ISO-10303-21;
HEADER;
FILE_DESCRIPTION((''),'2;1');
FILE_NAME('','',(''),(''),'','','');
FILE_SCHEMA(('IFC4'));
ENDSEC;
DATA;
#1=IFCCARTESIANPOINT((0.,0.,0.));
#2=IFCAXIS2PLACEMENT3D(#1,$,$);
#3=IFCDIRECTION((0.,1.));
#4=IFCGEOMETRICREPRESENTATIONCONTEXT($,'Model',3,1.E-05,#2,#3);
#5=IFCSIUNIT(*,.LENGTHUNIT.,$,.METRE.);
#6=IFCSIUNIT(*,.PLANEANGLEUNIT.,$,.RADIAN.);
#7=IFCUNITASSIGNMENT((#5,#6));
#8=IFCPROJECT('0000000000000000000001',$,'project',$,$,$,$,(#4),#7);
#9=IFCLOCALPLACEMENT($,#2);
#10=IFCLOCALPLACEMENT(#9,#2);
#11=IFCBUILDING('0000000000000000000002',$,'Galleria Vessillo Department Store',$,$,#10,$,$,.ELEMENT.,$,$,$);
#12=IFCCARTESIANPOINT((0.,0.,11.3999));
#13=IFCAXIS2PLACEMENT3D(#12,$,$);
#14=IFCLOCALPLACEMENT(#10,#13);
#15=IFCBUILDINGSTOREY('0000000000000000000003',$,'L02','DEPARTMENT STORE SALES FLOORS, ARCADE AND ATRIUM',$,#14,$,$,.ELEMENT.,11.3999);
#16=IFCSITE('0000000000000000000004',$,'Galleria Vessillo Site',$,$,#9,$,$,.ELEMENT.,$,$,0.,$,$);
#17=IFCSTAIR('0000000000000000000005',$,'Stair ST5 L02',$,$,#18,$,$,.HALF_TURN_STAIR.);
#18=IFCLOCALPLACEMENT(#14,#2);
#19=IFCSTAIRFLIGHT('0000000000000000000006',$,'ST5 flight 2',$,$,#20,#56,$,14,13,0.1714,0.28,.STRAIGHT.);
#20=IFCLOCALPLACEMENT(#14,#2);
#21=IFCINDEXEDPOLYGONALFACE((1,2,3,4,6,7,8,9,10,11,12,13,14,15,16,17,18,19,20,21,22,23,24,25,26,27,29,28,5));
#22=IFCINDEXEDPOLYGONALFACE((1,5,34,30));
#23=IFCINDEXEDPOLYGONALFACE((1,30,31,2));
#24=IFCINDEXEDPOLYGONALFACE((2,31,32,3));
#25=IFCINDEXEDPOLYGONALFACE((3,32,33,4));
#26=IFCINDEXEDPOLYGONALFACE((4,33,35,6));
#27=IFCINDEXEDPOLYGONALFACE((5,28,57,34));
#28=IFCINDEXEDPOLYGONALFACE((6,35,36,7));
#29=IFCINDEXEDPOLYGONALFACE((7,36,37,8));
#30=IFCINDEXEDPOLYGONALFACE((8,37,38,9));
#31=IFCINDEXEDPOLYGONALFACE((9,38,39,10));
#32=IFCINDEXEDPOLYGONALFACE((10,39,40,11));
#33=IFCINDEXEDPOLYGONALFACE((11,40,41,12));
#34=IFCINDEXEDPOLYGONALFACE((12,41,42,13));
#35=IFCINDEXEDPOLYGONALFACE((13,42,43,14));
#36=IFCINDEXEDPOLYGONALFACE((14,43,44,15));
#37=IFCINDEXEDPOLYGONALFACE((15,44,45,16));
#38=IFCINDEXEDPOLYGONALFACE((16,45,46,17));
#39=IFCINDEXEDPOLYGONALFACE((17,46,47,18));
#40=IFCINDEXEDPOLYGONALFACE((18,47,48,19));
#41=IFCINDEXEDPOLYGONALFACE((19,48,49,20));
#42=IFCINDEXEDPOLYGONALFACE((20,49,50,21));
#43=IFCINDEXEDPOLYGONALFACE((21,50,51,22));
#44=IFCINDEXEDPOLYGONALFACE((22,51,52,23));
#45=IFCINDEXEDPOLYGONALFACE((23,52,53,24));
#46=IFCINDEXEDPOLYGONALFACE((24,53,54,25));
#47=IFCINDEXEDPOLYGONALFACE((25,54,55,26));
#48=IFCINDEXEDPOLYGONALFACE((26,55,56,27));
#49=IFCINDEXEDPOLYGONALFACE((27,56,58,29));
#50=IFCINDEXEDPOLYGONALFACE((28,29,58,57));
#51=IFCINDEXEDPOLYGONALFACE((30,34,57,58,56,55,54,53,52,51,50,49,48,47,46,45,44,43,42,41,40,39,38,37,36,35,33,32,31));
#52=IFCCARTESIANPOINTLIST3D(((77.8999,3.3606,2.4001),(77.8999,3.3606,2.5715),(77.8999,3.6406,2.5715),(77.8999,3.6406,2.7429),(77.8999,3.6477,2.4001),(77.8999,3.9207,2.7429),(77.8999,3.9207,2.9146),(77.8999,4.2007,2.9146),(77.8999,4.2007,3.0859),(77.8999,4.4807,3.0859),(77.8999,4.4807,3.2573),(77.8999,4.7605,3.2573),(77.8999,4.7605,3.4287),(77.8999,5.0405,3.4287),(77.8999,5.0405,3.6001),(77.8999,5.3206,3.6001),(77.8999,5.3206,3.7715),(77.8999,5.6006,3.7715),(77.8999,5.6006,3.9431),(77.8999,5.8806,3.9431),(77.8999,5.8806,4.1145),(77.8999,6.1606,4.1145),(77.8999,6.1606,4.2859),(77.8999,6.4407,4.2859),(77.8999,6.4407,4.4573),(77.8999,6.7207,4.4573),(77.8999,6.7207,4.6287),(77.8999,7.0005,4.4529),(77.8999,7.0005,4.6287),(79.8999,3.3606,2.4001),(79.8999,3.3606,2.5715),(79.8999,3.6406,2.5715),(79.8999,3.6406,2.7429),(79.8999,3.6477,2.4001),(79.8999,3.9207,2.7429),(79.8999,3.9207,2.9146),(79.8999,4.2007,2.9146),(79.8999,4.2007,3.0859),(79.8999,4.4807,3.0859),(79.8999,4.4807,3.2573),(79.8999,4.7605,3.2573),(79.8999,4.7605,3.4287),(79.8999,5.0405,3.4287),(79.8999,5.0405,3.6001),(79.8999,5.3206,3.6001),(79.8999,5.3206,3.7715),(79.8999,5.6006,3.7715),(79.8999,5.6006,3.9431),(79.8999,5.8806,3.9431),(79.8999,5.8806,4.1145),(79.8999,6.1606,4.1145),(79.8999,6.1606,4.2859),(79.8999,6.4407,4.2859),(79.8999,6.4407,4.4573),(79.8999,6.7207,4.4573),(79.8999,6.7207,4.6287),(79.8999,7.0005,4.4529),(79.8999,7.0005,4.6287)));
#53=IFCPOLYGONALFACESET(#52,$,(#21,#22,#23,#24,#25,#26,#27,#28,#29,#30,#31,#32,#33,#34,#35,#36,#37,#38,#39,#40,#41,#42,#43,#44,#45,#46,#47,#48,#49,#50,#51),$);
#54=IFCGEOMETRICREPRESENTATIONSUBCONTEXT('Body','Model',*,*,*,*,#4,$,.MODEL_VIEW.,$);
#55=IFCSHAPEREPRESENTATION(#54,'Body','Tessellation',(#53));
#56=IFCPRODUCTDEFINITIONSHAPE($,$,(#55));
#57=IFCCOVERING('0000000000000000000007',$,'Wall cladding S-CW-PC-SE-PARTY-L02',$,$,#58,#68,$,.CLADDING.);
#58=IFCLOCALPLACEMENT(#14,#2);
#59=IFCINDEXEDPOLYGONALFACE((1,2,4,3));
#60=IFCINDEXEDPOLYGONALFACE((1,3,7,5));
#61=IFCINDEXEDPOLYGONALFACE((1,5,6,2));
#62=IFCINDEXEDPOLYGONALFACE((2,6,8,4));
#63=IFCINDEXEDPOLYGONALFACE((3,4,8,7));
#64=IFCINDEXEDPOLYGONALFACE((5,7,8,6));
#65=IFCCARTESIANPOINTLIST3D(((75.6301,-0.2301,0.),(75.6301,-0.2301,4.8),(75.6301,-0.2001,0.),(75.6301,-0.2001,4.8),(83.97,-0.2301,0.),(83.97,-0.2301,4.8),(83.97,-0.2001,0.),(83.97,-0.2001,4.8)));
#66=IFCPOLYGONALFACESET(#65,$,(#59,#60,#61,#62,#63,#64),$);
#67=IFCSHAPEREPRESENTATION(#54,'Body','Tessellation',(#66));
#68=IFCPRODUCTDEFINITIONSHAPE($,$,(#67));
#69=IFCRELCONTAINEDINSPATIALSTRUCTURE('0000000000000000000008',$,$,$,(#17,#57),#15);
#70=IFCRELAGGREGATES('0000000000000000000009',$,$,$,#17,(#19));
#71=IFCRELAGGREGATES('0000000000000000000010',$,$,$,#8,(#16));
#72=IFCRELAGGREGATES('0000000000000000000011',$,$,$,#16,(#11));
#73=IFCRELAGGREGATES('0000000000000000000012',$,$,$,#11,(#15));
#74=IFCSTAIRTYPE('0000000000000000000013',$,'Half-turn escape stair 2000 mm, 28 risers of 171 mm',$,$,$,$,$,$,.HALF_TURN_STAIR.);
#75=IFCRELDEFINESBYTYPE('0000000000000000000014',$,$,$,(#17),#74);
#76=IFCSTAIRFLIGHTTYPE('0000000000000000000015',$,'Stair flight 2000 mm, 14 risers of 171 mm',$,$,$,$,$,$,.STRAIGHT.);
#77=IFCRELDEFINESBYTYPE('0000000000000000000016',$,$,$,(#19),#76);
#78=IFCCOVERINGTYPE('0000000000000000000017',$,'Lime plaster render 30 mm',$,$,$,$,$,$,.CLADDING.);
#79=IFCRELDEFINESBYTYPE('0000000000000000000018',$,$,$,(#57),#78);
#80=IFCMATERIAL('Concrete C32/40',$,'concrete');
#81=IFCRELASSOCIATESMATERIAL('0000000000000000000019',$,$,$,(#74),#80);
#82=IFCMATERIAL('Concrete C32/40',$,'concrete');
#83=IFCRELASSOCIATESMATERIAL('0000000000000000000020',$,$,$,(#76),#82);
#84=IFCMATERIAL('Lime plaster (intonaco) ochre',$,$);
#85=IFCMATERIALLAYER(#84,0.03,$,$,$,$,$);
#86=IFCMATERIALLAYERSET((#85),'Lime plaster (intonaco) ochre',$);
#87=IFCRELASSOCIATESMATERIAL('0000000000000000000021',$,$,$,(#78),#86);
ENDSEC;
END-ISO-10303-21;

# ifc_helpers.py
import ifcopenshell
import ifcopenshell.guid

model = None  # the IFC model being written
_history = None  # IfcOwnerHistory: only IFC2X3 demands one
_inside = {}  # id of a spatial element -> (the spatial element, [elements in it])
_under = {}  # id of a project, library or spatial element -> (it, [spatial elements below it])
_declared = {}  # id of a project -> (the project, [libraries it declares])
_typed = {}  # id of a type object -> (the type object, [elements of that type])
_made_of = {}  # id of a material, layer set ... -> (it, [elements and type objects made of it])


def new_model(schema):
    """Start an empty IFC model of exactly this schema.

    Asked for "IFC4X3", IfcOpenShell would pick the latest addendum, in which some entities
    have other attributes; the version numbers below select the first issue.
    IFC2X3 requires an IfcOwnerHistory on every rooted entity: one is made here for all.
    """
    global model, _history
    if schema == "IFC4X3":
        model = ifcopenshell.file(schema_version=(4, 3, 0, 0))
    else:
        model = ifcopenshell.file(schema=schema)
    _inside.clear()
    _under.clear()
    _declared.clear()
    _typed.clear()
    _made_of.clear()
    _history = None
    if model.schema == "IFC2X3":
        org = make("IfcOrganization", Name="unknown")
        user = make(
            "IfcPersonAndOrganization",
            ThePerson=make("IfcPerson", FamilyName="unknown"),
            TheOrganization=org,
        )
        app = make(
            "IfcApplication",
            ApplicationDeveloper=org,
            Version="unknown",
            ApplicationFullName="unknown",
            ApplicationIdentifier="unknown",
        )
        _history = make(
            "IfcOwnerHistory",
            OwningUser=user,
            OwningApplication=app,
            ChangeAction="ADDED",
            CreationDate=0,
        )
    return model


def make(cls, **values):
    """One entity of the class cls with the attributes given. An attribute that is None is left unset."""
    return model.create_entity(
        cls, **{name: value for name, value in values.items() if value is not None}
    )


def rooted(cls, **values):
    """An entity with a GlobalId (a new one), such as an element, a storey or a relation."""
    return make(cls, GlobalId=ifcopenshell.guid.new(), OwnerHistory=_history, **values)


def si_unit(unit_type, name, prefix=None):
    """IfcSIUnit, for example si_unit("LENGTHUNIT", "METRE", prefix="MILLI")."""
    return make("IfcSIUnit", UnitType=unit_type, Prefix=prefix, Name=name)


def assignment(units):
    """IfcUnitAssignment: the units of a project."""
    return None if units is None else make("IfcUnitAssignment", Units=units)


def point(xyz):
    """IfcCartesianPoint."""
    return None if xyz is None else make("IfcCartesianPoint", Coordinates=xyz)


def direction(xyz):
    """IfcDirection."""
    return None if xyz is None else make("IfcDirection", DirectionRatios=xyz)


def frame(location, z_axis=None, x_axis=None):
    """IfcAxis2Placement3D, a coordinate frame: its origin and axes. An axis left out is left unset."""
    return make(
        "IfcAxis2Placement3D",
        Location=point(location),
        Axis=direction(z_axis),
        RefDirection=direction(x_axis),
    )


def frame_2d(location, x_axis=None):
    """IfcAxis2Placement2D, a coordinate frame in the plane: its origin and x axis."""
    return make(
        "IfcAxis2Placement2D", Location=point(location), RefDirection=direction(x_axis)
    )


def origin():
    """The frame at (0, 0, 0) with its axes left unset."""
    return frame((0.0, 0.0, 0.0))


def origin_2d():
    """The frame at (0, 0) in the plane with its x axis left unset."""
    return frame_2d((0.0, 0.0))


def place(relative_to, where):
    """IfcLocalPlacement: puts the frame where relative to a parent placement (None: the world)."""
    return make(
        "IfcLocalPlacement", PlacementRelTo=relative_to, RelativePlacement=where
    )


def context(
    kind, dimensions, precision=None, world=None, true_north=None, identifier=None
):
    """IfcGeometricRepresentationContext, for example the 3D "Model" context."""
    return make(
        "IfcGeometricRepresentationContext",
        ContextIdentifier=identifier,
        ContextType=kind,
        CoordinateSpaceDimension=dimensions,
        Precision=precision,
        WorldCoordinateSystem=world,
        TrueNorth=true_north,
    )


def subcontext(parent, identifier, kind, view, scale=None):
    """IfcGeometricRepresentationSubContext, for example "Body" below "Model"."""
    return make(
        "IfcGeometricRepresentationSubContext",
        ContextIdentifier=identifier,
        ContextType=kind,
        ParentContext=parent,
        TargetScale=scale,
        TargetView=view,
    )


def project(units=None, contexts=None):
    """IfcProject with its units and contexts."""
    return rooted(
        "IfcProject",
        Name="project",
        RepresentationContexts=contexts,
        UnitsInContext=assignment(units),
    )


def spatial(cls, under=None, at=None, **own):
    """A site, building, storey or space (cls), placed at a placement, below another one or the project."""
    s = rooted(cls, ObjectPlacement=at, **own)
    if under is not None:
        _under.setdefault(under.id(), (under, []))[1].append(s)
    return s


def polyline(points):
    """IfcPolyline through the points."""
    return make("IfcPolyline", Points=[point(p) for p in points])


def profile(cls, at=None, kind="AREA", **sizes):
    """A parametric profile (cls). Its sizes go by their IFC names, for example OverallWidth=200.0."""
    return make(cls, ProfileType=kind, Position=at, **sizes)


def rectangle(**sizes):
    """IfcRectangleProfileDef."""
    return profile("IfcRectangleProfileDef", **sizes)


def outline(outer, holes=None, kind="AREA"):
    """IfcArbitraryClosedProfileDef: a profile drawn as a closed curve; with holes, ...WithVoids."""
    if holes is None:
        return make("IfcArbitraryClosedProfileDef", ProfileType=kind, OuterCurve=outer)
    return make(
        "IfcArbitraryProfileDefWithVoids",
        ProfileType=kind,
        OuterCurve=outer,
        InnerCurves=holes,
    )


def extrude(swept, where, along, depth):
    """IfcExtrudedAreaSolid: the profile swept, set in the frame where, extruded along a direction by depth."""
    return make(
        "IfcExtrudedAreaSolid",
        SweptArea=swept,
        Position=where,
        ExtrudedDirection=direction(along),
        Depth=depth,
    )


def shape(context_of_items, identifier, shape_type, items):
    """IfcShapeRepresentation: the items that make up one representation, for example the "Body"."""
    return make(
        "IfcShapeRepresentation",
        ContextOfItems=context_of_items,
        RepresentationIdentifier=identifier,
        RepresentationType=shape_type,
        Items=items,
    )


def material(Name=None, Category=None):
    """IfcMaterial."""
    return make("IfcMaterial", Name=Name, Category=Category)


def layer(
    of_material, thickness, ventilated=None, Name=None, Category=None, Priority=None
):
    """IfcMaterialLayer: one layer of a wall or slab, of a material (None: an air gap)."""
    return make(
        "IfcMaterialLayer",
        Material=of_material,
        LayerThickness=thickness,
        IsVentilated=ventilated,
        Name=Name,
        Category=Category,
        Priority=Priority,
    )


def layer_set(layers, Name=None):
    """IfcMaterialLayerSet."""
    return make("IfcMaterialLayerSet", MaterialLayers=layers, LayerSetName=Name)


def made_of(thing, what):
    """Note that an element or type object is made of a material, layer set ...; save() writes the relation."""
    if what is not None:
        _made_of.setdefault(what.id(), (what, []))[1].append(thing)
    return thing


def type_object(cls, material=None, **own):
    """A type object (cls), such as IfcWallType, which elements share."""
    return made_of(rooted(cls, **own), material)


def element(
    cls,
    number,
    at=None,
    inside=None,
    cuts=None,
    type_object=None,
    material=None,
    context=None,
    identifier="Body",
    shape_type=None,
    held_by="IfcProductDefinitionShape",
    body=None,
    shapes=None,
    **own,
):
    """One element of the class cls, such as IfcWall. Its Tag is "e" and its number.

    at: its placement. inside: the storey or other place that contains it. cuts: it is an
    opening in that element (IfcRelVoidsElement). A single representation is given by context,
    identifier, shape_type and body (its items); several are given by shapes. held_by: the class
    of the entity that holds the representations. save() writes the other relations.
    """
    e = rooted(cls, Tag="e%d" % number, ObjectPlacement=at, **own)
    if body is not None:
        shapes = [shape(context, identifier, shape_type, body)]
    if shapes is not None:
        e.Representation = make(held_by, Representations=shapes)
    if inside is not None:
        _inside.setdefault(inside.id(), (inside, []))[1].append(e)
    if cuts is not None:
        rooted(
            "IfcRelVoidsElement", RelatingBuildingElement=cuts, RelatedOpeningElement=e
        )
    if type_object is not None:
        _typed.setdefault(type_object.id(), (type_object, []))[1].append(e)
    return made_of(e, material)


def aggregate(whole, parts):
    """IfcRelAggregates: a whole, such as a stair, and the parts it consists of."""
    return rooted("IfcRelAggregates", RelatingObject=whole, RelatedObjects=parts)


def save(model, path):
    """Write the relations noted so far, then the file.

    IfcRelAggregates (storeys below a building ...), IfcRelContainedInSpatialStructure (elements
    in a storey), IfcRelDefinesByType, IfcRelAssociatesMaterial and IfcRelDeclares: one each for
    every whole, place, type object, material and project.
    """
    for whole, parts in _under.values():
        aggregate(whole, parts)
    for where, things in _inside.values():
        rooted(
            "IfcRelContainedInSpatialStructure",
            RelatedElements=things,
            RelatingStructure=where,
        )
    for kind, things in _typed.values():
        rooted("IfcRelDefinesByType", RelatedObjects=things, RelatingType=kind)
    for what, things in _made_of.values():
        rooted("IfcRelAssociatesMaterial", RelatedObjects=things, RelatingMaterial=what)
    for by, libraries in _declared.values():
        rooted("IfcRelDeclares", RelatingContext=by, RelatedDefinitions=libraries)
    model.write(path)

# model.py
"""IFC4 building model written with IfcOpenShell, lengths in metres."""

from ifc_helpers import new_model, si_unit, direction, frame, origin, origin_2d, place, context, subcontext, project, spatial, polyline, rectangle, outline, extrude, material, layer, layer_set, type_object, element, aggregate, save


model = new_model("IFC4")

# Units and contexts
model_context = context("Model", 3, precision=1e-05, world=origin(), true_north=direction((0.0, 1.0)))
body_context = subcontext(model_context, "Body", "Model", "MODEL_VIEW")
ifc_project = project(units=[si_unit("LENGTHUNIT", "METRE"), si_unit("PLANEANGLEUNIT", "RADIAN")], contexts=[model_context])

# Site, building, storey
site_placement = place(None, origin())
site = spatial("IfcSite", under=ifc_project, at=site_placement, Name="Galleria Vessillo Site", CompositionType="ELEMENT", RefElevation=0.0)
building_placement = place(site_placement, origin())
building = spatial("IfcBuilding", under=site, at=building_placement, Name="Galleria Vessillo Department Store", CompositionType="ELEMENT")
storey_placement = place(building_placement, frame((0.0, 0.0, 11.3999)))
storey = spatial("IfcBuildingStorey", under=building, at=storey_placement, Name="L02", Description="DEPARTMENT STORE SALES FLOORS, ARCADE AND ATRIUM", CompositionType="ELEMENT", Elevation=11.3999)

# Stair, stair flight
ifc_material_1 = material(Name="Concrete C32/40", Category="concrete")
stair_type = type_object("IfcStairType", Name="Half-turn escape stair 2000 mm, 28 risers of 171 mm", PredefinedType="HALF_TURN_STAIR", material=ifc_material_1)
stair_placement = place(storey_placement, origin())
stair = element("IfcStair", 1, at=stair_placement, inside=storey, type_object=stair_type, Name="Stair ST5 L02", PredefinedType="HALF_TURN_STAIR")
ifc_material_2 = material(Name="Concrete C32/40", Category="concrete")
stair_flight_type = type_object("IfcStairFlightType", Name="Stair flight 2000 mm, 14 risers of 171 mm", PredefinedType="STRAIGHT", material=ifc_material_2)
stair_flight_placement = place(storey_placement, frame((78.8999, 3.3606, 2.4001), z_axis=(0.0, 0.0, 1.0), x_axis=(0.0, 1.0, 0.0)))
stair_flight = element("IfcStairFlight", 2, at=stair_flight_placement, type_object=stair_flight_type, Name="ST5 flight 2", NumberOfRisers=14, NumberOfTreads=13, PredefinedType="STRAIGHT", RiserHeight=0.1714, TreadLength=0.28, context=body_context, shape_type="SweptSolid", body=[
    extrude(outline(polyline([(0.0, 0.0), (0.0, 0.1714), (0.28, 0.1714), (0.28, 0.3428), (0.5601, 0.3428), (0.5601, 0.5144), (0.8401, 0.5144), (0.8401, 0.6858), (1.1201, 0.6858), (1.1201, 0.8572), (1.3999, 0.8572), (1.3999, 1.0286), (1.6799, 1.0286), (1.6799, 1.2), (1.96, 1.2), (1.96, 1.3713), (2.24, 1.3713), (2.24, 1.543), (2.52, 1.543), (2.52, 1.7144), (2.8, 1.7144), (2.8, 1.8857), (3.0801, 1.8857), (3.0801, 2.0571), (3.3601, 2.0571), (3.3601, 2.2285), (3.6399, 2.2285), (3.6399, 2.3999), (3.6399, 2.0527), (0.2871, 0.0), (0.0, 0.0)])), frame((0.0, 1.0, 0.0), z_axis=(0.0, -1.0, 0.0), x_axis=(1.0, 0.0, 0.0)), (0.0, 0.0, 1.0), 2.0),
])
aggregate(stair, [stair_flight])

# Covering
ifc_material_3 = material(Name="Lime plaster (intonaco) ochre")
ifc_layer_1 = layer(ifc_material_3, 0.03)
ifc_layer_set_1 = layer_set([ifc_layer_1], Name="Lime plaster (intonaco) ochre")
covering_type = type_object("IfcCoveringType", Name="Lime plaster render 30 mm", PredefinedType="CLADDING", material=ifc_layer_set_1)
covering_placement = place(storey_placement, frame((79.8, -0.2151, 0.0), z_axis=(0.0, 0.0, 1.0), x_axis=(1.0, 0.0, 0.0)))
element("IfcCovering", 3, at=covering_placement, inside=storey, type_object=covering_type, Name="Wall cladding S-CW-PC-SE-PARTY-L02", PredefinedType="CLADDING", context=body_context, shape_type="SweptSolid", body=[
    extrude(rectangle(XDim=8.3398, YDim=0.03, at=origin_2d()), origin(), (0.0, 0.0, 1.0), 4.8),
])

save(model, "model.ifc")
